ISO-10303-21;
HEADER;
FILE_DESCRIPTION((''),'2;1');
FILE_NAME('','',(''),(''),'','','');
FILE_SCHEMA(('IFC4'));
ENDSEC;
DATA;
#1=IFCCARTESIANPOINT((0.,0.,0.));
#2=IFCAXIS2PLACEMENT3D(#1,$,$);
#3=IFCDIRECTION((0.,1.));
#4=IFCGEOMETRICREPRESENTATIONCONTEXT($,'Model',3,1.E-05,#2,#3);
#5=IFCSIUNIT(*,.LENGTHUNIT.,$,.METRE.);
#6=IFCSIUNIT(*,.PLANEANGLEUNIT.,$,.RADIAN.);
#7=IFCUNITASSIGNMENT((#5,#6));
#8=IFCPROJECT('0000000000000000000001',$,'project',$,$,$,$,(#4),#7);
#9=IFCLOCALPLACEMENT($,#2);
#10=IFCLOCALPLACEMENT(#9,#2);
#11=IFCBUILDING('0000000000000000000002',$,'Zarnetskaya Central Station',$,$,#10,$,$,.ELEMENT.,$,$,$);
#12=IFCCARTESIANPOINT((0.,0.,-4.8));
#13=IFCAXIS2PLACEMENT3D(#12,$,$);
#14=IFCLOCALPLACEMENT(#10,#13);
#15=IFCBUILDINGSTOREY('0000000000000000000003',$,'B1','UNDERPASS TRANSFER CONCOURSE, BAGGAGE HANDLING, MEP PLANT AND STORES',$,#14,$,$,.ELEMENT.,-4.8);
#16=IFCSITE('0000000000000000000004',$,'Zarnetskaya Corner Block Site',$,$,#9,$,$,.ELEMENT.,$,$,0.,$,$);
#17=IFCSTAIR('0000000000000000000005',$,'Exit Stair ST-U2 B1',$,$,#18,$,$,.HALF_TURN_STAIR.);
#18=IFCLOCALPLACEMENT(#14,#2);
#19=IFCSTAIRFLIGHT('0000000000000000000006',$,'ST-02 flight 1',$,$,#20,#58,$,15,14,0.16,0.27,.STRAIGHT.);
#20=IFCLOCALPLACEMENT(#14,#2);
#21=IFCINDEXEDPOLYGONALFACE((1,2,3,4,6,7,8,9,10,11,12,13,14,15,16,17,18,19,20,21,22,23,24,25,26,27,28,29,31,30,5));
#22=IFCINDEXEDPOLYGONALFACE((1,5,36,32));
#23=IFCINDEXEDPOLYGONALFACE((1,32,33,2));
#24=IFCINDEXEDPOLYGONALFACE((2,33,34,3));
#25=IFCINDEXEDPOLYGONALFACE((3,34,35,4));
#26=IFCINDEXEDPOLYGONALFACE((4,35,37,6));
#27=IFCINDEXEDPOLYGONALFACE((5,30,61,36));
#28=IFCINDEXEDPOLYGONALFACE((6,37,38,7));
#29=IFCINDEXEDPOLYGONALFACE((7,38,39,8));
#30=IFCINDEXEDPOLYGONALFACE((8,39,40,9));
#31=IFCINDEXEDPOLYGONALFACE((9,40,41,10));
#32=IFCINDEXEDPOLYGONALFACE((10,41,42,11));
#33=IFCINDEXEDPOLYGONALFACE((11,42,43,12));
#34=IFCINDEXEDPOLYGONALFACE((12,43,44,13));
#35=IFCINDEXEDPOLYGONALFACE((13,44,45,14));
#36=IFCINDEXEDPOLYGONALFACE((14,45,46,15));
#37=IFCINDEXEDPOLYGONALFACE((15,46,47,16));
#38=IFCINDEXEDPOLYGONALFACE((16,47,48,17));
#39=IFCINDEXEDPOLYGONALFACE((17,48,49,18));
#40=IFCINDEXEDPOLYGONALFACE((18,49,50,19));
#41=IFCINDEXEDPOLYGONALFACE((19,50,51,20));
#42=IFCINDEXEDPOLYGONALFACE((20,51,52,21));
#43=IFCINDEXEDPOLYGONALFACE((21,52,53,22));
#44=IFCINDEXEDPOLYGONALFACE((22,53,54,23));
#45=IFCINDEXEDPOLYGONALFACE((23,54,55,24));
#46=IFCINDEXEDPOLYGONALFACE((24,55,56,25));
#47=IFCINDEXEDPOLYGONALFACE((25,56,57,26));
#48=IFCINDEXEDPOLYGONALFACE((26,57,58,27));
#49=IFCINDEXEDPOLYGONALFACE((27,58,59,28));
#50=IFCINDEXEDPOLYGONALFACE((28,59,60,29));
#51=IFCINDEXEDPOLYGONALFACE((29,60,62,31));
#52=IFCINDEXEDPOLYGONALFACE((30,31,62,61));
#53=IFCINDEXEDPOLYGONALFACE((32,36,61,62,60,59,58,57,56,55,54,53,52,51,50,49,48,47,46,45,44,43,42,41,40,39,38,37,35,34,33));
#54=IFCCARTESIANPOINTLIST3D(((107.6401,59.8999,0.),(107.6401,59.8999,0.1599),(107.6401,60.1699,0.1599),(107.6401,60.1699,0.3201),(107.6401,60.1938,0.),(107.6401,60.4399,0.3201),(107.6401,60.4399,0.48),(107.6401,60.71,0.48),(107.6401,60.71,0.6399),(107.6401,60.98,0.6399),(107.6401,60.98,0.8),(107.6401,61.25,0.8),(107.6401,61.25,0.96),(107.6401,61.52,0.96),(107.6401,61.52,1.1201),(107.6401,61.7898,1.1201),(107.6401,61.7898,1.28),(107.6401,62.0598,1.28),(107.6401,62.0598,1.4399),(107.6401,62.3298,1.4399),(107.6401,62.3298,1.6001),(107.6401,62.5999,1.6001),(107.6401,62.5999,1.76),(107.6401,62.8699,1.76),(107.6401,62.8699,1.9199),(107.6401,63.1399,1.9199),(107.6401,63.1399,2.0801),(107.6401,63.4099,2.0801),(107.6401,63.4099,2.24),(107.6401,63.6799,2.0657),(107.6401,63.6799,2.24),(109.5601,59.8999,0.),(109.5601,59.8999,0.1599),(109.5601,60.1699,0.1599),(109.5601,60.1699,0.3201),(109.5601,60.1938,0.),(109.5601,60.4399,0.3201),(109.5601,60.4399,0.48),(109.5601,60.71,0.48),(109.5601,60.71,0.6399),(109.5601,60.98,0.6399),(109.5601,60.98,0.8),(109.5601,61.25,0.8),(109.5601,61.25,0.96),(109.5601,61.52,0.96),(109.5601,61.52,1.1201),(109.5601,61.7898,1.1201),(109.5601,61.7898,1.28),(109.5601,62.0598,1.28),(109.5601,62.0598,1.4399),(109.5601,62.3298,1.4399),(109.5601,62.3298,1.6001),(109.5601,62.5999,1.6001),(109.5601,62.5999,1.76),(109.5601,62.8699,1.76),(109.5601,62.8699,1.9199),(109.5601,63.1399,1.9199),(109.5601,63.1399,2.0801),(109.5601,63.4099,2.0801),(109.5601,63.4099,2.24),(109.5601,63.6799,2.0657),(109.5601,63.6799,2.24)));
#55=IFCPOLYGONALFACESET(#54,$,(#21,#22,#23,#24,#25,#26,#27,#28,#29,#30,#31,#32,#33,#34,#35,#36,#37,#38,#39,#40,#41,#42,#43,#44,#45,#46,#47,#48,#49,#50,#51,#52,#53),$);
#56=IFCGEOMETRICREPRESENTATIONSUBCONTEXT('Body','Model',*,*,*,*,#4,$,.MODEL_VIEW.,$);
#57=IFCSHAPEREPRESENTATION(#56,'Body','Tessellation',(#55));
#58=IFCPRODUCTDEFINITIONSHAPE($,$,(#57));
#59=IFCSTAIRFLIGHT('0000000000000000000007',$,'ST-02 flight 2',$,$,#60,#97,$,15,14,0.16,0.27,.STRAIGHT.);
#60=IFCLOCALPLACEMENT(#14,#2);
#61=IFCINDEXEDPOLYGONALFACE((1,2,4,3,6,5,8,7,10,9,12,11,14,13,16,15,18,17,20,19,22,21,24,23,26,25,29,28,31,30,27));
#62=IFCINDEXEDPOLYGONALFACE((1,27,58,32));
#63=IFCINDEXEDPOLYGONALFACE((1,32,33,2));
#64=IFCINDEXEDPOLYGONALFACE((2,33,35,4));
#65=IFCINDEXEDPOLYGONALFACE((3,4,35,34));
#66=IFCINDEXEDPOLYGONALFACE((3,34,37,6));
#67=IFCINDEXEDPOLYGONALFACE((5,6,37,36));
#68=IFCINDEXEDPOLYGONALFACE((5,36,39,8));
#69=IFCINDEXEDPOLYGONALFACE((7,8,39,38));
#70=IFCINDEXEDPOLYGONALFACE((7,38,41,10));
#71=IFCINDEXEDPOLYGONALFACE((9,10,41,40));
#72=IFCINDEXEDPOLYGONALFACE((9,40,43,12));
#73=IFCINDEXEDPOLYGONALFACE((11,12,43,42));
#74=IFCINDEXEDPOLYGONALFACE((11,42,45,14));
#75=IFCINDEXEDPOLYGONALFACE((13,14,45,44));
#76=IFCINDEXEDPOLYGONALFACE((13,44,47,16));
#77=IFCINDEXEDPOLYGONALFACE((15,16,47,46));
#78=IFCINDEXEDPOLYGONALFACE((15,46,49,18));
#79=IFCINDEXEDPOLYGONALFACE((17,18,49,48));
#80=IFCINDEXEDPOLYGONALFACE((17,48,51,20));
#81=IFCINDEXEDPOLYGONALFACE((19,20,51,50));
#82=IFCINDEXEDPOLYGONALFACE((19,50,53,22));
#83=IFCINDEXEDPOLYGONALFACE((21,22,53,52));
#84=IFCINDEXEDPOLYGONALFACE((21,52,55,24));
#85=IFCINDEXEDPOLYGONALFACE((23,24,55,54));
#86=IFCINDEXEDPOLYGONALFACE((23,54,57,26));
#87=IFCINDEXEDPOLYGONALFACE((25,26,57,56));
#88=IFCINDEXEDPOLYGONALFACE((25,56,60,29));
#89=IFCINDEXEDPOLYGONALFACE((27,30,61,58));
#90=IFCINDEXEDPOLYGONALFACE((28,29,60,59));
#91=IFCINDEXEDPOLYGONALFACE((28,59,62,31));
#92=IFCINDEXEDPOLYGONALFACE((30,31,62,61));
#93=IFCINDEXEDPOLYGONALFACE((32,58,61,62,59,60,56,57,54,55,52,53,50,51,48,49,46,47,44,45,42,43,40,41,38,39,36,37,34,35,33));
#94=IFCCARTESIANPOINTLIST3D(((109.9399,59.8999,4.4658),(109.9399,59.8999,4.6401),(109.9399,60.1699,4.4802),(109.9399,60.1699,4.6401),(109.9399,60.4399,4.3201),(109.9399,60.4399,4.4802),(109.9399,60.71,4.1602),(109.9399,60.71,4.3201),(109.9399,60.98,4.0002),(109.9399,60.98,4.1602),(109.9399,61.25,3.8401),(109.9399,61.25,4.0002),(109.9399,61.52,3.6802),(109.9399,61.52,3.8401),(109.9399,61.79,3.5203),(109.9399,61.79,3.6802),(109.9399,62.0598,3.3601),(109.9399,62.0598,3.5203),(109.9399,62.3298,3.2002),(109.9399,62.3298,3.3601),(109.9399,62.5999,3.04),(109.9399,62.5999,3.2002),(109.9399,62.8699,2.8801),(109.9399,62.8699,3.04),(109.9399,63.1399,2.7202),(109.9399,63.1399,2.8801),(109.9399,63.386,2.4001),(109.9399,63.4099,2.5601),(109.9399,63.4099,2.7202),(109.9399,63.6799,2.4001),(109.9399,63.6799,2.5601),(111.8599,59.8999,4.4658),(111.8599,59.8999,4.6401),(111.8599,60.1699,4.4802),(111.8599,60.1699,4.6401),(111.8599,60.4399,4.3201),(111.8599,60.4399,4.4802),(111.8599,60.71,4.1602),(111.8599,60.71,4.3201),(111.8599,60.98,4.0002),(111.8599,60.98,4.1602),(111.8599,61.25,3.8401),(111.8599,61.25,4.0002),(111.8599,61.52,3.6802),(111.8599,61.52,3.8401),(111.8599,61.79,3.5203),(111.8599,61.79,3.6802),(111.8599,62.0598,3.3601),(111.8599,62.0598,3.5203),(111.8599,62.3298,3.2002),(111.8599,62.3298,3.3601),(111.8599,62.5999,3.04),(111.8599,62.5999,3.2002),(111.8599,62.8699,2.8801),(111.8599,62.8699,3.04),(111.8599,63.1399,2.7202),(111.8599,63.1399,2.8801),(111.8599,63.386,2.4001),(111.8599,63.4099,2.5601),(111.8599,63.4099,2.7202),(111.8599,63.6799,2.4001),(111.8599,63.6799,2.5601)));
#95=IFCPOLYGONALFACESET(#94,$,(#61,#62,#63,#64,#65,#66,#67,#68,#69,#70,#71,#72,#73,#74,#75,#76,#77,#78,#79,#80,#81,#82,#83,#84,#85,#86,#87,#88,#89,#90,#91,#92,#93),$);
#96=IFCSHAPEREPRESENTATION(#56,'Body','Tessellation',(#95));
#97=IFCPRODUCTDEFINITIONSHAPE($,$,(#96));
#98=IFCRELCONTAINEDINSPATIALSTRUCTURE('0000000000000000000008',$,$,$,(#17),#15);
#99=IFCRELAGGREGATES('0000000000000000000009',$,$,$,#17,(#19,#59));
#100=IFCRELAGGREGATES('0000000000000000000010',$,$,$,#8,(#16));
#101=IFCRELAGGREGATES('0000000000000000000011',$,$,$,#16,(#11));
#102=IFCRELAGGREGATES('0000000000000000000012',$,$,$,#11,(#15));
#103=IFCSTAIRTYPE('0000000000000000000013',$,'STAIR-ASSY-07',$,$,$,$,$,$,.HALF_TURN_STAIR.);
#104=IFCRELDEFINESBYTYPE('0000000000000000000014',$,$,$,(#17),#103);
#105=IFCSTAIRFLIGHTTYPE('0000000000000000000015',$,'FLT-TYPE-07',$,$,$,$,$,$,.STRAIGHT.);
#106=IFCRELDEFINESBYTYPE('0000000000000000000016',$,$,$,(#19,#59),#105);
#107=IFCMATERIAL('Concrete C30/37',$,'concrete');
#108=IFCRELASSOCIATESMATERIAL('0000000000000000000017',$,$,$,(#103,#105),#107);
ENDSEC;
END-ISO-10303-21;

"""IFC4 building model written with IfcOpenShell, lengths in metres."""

from ifc_helpers import new_model, si_unit, direction, frame, origin, place, context, subcontext, project, spatial, polyline, outline, extrude, material, type_object, element, aggregate, save


model = new_model("IFC4")

# Units and contexts
model_context = context("Model", 3, precision=1e-05, world=origin(), true_north=direction((0.0, 1.0)))
body_context = subcontext(model_context, "Body", "Model", "MODEL_VIEW")
ifc_project = project(units=[si_unit("LENGTHUNIT", "METRE"), si_unit("PLANEANGLEUNIT", "RADIAN")], contexts=[model_context])

# Site, building, storey
site_placement = place(None, origin())
site = spatial("IfcSite", under=ifc_project, at=site_placement, Name="Zarnetskaya Corner Block Site", CompositionType="ELEMENT", RefElevation=0.0)
building_placement = place(site_placement, origin())
building = spatial("IfcBuilding", under=site, at=building_placement, Name="Zarnetskaya Central Station", CompositionType="ELEMENT")
storey_placement = place(building_placement, frame((0.0, 0.0, -4.8)))
storey = spatial("IfcBuildingStorey", under=building, at=storey_placement, Name="B1", Description="UNDERPASS TRANSFER CONCOURSE, BAGGAGE HANDLING, MEP PLANT AND STORES", CompositionType="ELEMENT", Elevation=-4.8)

# Stair, stair flights
ifc_material_1 = material(Name="Concrete C30/37", Category="concrete")
stair_type = type_object("IfcStairType", Name="STAIR-ASSY-07", PredefinedType="HALF_TURN_STAIR", material=ifc_material_1)
stair_placement = place(storey_placement, origin())
stair = element("IfcStair", 1, at=stair_placement, inside=storey, type_object=stair_type, Name="Exit Stair ST-U2 B1", PredefinedType="HALF_TURN_STAIR")
stair_flight_type = type_object("IfcStairFlightType", Name="FLT-TYPE-07", PredefinedType="STRAIGHT", material=ifc_material_1)
stair_flight_1_placement = place(storey_placement, frame((108.6001, 59.8999, 0.0), z_axis=(0.0, 0.0, 1.0), x_axis=(0.0, 1.0, 0.0)))
stair_flight_1 = element("IfcStairFlight", 2, at=stair_flight_1_placement, type_object=stair_flight_type, Name="ST-02 flight 1", NumberOfRisers=15, NumberOfTreads=14, PredefinedType="STRAIGHT", RiserHeight=0.16, TreadLength=0.27, context=body_context, shape_type="SweptSolid", body=[
    extrude(outline(polyline([(0.0, 0.0), (0.0, 0.1599), (0.27, 0.1599), (0.27, 0.3201), (0.54, 0.3201), (0.54, 0.48), (0.8101, 0.48), (0.8101, 0.6399), (1.0801, 0.6399), (1.0801, 0.8), (1.3501, 0.8), (1.3501, 0.96), (1.6201, 0.96), (1.6201, 1.1201), (1.8899, 1.1201), (1.8899, 1.28), (2.1599, 1.28), (2.1599, 1.4399), (2.4299, 1.4399), (2.4299, 1.6001), (2.7, 1.6001), (2.7, 1.76), (2.97, 1.76), (2.97, 1.9199), (3.24, 1.9199), (3.24, 2.0801), (3.51, 2.0801), (3.51, 2.24), (3.78, 2.24), (3.78, 2.3999), (3.78, 2.0657), (0.2939, 0.0), (0.0, 0.0)])), frame((0.0, 0.96, 0.0), z_axis=(0.0, -1.0, 0.0), x_axis=(1.0, 0.0, 0.0)), (0.0, 0.0, 1.0), 1.9199),
])
stair_flight_2_placement = place(storey_placement, frame((110.8999, 63.6799, 2.4001), z_axis=(0.0, 0.0, 1.0), x_axis=(0.0, -1.0, 0.0)))
stair_flight_2 = element("IfcStairFlight", 3, at=stair_flight_2_placement, type_object=stair_flight_type, Name="ST-02 flight 2", NumberOfRisers=15, NumberOfTreads=14, PredefinedType="STRAIGHT", RiserHeight=0.16, TreadLength=0.27, context=body_context, shape_type="SweptSolid", body=[
    extrude(outline(polyline([(0.0, 0.0), (0.0, 0.1599), (0.27, 0.1599), (0.27, 0.3201), (0.54, 0.3201), (0.54, 0.48), (0.8101, 0.48), (0.8101, 0.6399), (1.0801, 0.6399), (1.0801, 0.8), (1.3501, 0.8), (1.3501, 0.96), (1.6201, 0.96), (1.6201, 1.1201), (1.8899, 1.1201), (1.8899, 1.28), (2.1599, 1.28), (2.1599, 1.4399), (2.4299, 1.4399), (2.4299, 1.6001), (2.7, 1.6001), (2.7, 1.76), (2.97, 1.76), (2.97, 1.9199), (3.24, 1.9199), (3.24, 2.0801), (3.51, 2.0801), (3.51, 2.24), (3.78, 2.24), (3.78, 2.3999), (3.78, 2.0657), (0.2939, 0.0), (0.0, 0.0)])), frame((0.0, 0.96, 0.0), z_axis=(0.0, -1.0, 0.0), x_axis=(1.0, 0.0, 0.0)), (0.0, 0.0, 1.0), 1.9199),
])
aggregate(stair, [stair_flight_1, stair_flight_2])

save(model, "model.ifc")
